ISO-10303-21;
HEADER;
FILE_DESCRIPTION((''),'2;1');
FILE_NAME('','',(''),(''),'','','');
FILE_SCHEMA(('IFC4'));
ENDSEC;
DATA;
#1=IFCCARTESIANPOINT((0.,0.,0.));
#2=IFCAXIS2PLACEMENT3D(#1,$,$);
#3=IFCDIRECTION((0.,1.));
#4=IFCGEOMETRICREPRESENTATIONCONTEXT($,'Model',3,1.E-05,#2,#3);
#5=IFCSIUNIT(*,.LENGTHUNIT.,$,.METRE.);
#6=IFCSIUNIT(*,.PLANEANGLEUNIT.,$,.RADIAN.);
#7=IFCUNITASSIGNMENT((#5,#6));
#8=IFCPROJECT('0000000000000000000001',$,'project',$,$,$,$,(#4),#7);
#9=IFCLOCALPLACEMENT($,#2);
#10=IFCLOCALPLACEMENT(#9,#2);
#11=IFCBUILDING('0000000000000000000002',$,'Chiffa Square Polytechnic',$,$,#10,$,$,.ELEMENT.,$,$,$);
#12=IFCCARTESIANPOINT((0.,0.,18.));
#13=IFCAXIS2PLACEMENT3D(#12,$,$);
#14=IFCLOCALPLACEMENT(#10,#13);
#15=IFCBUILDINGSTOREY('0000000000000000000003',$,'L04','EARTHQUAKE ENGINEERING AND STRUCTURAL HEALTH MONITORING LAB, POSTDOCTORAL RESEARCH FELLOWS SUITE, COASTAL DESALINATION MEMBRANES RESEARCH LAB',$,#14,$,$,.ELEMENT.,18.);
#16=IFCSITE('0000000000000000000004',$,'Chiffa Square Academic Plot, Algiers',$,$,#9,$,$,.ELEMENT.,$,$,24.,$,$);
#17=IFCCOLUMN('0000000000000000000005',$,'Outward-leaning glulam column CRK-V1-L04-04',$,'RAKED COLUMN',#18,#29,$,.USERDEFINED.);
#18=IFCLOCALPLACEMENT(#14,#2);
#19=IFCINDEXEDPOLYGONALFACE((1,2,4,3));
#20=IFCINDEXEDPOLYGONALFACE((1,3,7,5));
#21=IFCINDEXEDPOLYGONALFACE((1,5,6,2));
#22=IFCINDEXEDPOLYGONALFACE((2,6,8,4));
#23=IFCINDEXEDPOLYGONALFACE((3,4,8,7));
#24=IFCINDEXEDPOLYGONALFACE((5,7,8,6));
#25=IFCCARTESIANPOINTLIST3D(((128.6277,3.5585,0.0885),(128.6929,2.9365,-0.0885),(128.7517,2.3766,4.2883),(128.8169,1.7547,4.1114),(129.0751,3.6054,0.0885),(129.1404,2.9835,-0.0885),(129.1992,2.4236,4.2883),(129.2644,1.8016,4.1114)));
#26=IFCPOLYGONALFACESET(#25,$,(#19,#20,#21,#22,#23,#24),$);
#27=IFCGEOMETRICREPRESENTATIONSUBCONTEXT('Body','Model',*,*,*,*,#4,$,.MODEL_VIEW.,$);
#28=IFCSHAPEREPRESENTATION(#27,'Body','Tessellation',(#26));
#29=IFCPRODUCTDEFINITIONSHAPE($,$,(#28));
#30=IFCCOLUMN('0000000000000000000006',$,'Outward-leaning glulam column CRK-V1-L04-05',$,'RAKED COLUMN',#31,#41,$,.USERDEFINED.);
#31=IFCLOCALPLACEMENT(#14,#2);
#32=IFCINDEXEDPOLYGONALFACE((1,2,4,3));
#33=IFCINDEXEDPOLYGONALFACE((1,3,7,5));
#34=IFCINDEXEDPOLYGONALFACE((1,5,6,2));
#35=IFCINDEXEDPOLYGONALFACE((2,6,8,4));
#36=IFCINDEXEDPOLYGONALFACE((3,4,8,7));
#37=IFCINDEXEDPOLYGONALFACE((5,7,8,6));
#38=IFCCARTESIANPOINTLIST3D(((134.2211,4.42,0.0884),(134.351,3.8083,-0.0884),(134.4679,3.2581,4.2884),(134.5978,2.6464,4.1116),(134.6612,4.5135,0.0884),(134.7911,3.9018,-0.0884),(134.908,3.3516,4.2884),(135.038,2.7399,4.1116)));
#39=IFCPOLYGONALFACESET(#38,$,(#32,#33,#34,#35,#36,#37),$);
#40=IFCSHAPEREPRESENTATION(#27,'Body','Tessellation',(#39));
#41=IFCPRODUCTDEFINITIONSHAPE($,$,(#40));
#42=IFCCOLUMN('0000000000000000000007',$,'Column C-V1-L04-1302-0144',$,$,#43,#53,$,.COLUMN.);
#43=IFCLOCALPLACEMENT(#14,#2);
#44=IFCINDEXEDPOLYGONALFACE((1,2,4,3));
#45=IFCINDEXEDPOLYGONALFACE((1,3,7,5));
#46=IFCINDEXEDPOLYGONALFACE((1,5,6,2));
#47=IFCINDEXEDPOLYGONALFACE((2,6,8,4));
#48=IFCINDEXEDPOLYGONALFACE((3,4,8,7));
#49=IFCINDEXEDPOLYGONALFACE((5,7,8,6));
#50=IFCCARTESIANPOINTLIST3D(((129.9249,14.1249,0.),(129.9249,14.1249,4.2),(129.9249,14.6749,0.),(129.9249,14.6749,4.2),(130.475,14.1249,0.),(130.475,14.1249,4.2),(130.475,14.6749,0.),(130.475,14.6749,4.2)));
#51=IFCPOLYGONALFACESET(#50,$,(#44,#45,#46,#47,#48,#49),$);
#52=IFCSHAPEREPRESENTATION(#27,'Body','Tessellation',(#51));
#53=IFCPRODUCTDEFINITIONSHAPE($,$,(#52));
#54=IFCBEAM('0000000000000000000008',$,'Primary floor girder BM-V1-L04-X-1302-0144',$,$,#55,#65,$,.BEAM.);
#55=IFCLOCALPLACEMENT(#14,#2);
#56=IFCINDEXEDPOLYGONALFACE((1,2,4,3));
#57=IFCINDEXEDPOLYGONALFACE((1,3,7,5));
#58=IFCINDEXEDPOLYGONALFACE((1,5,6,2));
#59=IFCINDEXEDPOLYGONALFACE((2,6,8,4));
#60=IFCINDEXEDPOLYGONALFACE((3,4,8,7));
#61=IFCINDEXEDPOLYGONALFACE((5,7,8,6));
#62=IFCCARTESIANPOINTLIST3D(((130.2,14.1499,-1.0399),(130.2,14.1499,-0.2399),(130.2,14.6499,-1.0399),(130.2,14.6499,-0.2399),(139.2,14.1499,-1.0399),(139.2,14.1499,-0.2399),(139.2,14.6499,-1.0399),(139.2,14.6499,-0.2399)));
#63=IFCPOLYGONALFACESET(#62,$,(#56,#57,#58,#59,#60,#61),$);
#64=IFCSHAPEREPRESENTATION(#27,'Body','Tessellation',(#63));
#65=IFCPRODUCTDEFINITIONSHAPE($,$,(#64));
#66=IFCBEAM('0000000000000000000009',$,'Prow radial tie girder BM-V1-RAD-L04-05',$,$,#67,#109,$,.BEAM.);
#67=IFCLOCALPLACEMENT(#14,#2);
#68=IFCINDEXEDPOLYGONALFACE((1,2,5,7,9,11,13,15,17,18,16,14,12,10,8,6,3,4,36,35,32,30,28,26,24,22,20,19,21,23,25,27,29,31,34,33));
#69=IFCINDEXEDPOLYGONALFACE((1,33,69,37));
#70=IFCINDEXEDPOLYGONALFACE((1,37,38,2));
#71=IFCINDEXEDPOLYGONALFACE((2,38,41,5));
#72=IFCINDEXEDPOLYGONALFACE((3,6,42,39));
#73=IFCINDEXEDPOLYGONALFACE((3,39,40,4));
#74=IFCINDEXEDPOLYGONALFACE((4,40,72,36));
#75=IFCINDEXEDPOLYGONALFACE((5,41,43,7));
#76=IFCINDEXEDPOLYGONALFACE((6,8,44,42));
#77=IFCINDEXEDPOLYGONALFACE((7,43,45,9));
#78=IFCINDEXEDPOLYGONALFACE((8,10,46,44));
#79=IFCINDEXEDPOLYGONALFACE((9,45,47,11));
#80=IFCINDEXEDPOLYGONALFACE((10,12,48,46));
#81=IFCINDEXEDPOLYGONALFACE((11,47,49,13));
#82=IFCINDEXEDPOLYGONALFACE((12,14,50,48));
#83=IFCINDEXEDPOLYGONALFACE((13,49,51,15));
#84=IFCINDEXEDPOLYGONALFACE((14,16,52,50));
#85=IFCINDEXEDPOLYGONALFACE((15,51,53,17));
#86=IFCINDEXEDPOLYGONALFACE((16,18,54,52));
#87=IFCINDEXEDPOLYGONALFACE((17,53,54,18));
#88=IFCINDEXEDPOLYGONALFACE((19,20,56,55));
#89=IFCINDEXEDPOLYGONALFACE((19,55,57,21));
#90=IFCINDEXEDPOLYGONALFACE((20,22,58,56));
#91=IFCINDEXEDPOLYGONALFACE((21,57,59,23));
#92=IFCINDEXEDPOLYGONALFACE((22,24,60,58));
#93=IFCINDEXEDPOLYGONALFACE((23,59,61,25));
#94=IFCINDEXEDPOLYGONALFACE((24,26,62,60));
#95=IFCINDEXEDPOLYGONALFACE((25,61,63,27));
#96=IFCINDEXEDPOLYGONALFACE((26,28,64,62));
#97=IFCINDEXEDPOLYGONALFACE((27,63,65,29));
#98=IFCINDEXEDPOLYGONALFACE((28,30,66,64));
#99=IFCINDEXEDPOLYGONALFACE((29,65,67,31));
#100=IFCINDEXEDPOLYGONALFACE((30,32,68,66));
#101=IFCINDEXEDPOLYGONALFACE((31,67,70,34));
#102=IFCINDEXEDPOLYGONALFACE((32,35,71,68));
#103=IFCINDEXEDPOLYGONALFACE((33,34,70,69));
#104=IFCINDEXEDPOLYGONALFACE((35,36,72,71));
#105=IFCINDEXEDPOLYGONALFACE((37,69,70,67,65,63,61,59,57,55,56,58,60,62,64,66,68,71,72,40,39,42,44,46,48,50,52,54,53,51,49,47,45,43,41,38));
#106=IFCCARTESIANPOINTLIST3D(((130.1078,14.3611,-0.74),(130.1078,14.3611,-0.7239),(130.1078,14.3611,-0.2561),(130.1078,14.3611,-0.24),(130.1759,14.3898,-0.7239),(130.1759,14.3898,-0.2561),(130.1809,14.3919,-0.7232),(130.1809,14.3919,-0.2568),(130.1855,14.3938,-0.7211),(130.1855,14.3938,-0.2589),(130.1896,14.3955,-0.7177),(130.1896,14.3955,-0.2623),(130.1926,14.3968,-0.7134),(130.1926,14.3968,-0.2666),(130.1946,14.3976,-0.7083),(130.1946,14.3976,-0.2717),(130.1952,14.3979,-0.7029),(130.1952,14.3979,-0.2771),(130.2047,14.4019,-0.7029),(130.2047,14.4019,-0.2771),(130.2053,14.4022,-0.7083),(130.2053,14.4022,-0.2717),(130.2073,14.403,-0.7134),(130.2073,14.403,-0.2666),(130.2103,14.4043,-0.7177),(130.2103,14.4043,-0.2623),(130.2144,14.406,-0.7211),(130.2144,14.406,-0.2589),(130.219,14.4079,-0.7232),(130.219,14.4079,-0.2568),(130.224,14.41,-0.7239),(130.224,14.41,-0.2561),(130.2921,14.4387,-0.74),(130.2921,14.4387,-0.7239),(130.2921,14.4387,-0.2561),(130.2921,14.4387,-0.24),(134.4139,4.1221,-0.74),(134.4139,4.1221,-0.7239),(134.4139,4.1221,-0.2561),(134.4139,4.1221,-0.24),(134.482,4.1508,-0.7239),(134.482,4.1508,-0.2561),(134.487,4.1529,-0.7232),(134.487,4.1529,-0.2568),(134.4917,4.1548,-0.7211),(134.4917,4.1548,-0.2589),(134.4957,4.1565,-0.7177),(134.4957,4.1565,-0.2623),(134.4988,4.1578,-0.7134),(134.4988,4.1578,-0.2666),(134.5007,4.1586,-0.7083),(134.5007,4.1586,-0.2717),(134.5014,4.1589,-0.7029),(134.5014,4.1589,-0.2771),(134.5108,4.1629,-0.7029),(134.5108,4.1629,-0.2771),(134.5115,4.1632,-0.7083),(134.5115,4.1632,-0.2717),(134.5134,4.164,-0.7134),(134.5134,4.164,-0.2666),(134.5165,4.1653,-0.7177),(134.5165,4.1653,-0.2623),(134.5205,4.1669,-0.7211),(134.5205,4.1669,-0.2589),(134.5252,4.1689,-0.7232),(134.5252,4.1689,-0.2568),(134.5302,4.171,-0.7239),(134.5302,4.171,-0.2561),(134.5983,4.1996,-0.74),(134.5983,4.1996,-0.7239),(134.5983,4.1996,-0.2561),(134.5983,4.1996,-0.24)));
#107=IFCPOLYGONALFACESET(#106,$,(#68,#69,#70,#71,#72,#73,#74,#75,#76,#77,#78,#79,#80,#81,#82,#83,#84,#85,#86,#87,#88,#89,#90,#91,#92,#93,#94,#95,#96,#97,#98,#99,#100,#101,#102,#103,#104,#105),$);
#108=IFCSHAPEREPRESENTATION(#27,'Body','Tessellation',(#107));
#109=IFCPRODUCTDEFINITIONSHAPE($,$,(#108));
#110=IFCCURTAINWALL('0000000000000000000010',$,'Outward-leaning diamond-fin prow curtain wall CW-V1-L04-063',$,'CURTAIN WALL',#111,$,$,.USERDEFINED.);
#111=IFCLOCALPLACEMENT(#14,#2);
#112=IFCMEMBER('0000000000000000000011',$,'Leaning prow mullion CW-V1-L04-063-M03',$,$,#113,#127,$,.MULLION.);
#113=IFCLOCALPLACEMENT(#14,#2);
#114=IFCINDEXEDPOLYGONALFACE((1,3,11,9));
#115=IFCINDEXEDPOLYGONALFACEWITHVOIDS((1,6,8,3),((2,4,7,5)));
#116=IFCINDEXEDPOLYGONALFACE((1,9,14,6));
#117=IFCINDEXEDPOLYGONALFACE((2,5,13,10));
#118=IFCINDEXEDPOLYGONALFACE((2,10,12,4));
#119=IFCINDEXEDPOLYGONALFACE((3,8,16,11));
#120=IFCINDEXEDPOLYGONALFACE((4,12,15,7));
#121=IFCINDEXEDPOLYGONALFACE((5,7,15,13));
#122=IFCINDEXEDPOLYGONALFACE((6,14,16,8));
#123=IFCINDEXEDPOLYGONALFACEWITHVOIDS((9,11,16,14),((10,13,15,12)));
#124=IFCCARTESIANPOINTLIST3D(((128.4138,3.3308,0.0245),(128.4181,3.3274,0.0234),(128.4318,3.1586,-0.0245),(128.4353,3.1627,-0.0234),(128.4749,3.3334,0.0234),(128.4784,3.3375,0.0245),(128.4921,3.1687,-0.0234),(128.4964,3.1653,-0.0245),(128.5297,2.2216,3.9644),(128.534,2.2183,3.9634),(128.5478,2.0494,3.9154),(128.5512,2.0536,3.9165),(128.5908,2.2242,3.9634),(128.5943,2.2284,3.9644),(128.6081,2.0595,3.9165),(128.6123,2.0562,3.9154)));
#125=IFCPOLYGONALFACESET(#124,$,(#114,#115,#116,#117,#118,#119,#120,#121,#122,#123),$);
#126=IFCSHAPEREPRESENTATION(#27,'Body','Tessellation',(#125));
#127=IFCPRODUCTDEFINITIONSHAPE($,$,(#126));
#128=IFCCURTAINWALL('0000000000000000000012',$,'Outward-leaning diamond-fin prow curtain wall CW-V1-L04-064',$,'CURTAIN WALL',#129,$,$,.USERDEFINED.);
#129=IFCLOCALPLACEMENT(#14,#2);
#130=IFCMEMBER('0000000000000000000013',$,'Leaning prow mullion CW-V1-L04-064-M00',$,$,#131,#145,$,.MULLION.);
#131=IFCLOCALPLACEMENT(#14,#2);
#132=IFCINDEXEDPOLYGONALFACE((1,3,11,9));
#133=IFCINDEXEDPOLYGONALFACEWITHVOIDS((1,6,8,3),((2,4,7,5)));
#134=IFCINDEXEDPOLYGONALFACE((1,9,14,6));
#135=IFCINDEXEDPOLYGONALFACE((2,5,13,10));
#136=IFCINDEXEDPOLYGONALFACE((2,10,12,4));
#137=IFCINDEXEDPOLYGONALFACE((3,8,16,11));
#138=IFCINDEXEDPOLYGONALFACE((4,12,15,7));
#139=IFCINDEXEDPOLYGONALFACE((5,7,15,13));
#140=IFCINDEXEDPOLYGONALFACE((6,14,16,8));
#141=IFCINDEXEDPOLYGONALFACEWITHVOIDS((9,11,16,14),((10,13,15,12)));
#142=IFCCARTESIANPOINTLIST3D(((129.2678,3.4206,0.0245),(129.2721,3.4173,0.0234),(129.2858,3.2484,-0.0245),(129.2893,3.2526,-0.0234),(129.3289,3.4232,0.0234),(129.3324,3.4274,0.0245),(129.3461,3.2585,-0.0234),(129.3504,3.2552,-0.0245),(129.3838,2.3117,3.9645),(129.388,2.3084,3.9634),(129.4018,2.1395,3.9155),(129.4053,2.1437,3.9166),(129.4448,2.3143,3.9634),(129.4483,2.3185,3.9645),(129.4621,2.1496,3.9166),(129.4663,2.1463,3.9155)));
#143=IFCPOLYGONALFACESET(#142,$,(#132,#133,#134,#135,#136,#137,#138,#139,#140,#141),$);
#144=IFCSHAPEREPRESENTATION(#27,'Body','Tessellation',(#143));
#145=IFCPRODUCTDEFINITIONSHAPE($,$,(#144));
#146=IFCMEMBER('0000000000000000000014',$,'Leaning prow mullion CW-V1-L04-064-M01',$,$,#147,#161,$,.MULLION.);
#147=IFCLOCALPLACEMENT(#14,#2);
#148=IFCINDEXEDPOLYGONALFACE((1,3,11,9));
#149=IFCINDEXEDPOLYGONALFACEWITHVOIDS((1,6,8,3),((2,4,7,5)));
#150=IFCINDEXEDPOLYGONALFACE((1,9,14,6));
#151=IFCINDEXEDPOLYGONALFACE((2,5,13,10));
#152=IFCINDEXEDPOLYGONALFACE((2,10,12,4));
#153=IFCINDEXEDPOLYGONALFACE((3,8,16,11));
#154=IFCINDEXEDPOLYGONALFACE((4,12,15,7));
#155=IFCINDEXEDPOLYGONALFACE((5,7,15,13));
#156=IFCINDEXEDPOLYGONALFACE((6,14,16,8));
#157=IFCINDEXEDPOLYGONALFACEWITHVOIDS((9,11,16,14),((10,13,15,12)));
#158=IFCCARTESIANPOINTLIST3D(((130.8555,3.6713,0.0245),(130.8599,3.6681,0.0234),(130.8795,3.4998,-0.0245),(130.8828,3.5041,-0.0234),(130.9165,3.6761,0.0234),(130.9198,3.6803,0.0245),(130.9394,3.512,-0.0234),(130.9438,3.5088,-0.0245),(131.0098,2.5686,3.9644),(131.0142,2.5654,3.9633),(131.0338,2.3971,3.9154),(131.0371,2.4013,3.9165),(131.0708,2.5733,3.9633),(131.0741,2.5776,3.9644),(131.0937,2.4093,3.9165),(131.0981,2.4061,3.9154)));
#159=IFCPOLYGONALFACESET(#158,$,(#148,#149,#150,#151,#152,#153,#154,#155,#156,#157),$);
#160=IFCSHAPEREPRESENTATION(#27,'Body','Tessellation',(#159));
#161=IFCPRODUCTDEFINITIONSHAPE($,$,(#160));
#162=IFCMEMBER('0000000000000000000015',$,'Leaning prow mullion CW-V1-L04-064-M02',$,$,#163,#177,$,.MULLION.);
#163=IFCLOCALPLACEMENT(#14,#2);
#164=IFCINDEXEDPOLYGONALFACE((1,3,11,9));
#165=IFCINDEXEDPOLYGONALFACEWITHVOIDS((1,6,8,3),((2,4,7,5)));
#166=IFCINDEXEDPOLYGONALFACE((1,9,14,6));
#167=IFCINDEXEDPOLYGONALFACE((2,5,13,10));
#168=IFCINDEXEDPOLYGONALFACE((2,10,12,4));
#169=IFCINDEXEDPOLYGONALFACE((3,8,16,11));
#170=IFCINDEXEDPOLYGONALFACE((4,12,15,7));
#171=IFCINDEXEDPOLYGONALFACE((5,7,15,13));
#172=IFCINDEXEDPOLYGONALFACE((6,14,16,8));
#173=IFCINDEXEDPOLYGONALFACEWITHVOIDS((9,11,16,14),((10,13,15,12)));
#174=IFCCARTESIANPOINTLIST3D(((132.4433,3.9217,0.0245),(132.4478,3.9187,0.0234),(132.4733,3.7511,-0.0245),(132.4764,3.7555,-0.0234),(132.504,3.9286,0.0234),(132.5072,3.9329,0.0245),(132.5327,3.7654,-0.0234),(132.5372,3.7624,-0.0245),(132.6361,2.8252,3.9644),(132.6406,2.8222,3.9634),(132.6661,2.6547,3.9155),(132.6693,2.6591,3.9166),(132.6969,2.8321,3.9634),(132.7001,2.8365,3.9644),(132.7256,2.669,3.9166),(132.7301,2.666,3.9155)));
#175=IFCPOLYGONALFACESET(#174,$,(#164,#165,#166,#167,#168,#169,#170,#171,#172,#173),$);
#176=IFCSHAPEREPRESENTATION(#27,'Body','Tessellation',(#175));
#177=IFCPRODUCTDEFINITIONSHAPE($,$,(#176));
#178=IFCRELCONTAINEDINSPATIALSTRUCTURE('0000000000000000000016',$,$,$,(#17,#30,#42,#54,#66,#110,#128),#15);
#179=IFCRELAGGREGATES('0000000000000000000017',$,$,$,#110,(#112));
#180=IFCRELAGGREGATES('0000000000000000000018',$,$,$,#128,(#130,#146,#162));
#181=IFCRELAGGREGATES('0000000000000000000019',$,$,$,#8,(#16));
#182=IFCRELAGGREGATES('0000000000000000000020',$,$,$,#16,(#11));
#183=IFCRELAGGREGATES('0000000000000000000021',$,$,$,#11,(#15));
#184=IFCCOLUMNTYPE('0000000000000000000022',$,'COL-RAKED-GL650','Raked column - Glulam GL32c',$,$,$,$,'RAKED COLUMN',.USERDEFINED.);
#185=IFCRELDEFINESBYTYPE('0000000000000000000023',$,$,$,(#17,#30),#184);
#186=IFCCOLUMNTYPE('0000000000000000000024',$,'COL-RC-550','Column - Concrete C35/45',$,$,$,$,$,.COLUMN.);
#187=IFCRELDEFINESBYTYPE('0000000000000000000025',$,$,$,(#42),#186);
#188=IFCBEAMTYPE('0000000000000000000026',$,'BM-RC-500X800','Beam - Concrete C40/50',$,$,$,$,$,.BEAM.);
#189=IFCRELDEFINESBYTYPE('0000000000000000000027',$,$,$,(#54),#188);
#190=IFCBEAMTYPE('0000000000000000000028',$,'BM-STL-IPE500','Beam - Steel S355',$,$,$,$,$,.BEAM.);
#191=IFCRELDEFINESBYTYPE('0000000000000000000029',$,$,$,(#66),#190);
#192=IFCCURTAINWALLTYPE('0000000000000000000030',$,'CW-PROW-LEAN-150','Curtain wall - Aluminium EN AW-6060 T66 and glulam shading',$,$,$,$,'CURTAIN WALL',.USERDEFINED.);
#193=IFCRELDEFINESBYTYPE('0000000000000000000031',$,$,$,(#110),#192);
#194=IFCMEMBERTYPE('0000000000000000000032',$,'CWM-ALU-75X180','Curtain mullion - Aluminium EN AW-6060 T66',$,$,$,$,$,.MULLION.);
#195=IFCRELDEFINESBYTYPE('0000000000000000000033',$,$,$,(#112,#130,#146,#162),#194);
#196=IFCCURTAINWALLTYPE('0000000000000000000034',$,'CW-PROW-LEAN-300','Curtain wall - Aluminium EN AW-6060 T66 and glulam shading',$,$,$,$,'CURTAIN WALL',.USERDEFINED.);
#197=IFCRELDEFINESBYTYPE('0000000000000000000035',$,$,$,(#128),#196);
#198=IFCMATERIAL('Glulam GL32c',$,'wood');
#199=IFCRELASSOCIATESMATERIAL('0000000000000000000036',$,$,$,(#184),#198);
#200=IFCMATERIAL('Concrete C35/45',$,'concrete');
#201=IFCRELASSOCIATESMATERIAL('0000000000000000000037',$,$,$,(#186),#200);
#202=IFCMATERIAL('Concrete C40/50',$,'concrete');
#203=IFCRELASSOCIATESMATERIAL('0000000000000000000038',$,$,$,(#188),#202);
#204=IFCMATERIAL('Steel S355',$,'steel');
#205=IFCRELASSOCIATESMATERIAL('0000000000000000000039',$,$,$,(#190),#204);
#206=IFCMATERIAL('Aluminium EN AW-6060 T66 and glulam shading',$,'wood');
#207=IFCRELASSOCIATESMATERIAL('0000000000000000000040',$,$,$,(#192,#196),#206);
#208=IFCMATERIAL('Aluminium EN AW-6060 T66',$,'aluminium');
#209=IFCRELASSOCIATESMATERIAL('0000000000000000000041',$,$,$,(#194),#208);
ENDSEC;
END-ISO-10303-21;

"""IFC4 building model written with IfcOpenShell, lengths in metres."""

from ifc_helpers import new_model, si_unit, direction, frame, origin, origin_2d, place, context, subcontext, project, spatial, rectangle, hollow_rectangle, i_section, extrude, material, material_profile, profile_set, type_object, element, aggregate, save


model = new_model("IFC4")

# Units and contexts
model_context = context("Model", 3, precision=1e-05, world=origin(), true_north=direction((0.0, 1.0)))
body_context = subcontext(model_context, "Body", "Model", "MODEL_VIEW")
ifc_project = project(units=[si_unit("LENGTHUNIT", "METRE"), si_unit("PLANEANGLEUNIT", "RADIAN")], contexts=[model_context])

# Site, building, storey
site_placement = place(None, origin())
site = spatial("IfcSite", under=ifc_project, at=site_placement, Name="Chiffa Square Academic Plot, Algiers", CompositionType="ELEMENT", RefElevation=24.0)
building_placement = place(site_placement, origin())
building = spatial("IfcBuilding", under=site, at=building_placement, Name="Chiffa Square Polytechnic", CompositionType="ELEMENT")
storey_placement = place(building_placement, frame((0.0, 0.0, 18.0)))
storey = spatial("IfcBuildingStorey", under=building, at=storey_placement, Name="L04", Description="EARTHQUAKE ENGINEERING AND STRUCTURAL HEALTH MONITORING LAB, POSTDOCTORAL RESEARCH FELLOWS SUITE, COASTAL DESALINATION MEMBRANES RESEARCH LAB", CompositionType="ELEMENT", Elevation=18.0)

# Columns
ifc_material_1 = material(Name="Glulam GL32c", Category="wood")
ifc_material_profile_1 = material_profile(ifc_material_1, rectangle(XDim=0.45, YDim=0.6499, at=origin_2d()), Name="GL32c 450x650")
ifc_profile_set_1 = profile_set([ifc_material_profile_1], Name="Glulam GL32c")
column_type_1 = type_object("IfcColumnType", Name="COL-RAKED-GL650", Description="Raked column - Glulam GL32c", ElementType="RAKED COLUMN", PredefinedType="USERDEFINED", material=ifc_profile_set_1)
for number, where, z_axis, x_axis, name in (
    (1, (128.884, 3.271, 0.0), (0.028414, -0.270774, 0.962224), (0.994539, 0.104364, 0.0), "Outward-leaning glulam column CRK-V1-L04-04"),
    (2, (134.5061, 4.1609, 0.0), (0.056551, -0.266197, 0.962258), (0.978171, 0.207802, 0.0), "Outward-leaning glulam column CRK-V1-L04-05"),
):
    element("IfcColumn", number, at=place(storey_placement, frame(where, z_axis=z_axis, x_axis=x_axis)), inside=storey, type_object=column_type_1, Name=name, ObjectType="RAKED COLUMN", PredefinedType="USERDEFINED", context=body_context, shape_type="SweptSolid", body=[
        extrude(rectangle(XDim=0.45, YDim=0.6499, at=origin_2d()), origin(), (0.0, 0.0, 1.0), 4.3647),
    ])
ifc_material_2 = material(Name="Concrete C35/45", Category="concrete")
ifc_material_profile_2 = material_profile(ifc_material_2, rectangle(XDim=0.55, YDim=0.55, at=origin_2d()), Name="RC 550x550")
ifc_profile_set_2 = profile_set([ifc_material_profile_2], Name="Concrete C35/45")
column_type_2 = type_object("IfcColumnType", Name="COL-RC-550", Description="Column - Concrete C35/45", PredefinedType="COLUMN", material=ifc_profile_set_2)
column_placement = place(storey_placement, frame((130.2, 14.3999, 0.0), z_axis=(0.0, 0.0, 1.0), x_axis=(1.0, 0.0, 0.0)))
element("IfcColumn", 3, at=column_placement, inside=storey, type_object=column_type_2, Name="Column C-V1-L04-1302-0144", PredefinedType="COLUMN", context=body_context, shape_type="SweptSolid", body=[
    extrude(rectangle(XDim=0.55, YDim=0.55, at=origin_2d()), origin(), (0.0, 0.0, 1.0), 4.2),
])

# Beams
ifc_material_3 = material(Name="Concrete C40/50", Category="concrete")
ifc_material_profile_3 = material_profile(ifc_material_3, rectangle(XDim=0.5, YDim=0.8, at=origin_2d()), Name="RC 500x800")
ifc_profile_set_3 = profile_set([ifc_material_profile_3], Name="Concrete C40/50")
beam_type_1 = type_object("IfcBeamType", Name="BM-RC-500X800", Description="Beam - Concrete C40/50", PredefinedType="BEAM", material=ifc_profile_set_3)
beam_1_placement = place(storey_placement, frame((130.2, 14.3999, -0.6399), z_axis=(1.0, 0.0, 0.0), x_axis=(0.0, 1.0, 0.0)))
element("IfcBeam", 4, at=beam_1_placement, inside=storey, type_object=beam_type_1, Name="Primary floor girder BM-V1-L04-X-1302-0144", PredefinedType="BEAM", context=body_context, shape_type="SweptSolid", body=[
    extrude(rectangle(XDim=0.5, YDim=0.8, at=origin_2d()), origin(), (0.0, 0.0, 1.0), 9.0),
])
ifc_material_4 = material(Name="Steel S355", Category="steel")
ifc_material_profile_4 = material_profile(ifc_material_4, i_section(OverallWidth=0.2, OverallDepth=0.5, WebThickness=0.0103, FlangeThickness=0.0161, FilletRadius=0.021, at=origin_2d()), Name="IPE 500")
ifc_profile_set_4 = profile_set([ifc_material_profile_4], Name="Steel S355")
beam_type_2 = type_object("IfcBeamType", Name="BM-STL-IPE500", Description="Beam - Steel S355", PredefinedType="BEAM", material=ifc_profile_set_4)
beam_2_placement = place(storey_placement, frame((134.5061, 4.1609, -0.49), z_axis=(-0.387674, 0.921797, 0.0), x_axis=(-0.921797, -0.387674, 0.0)))
element("IfcBeam", 5, at=beam_2_placement, inside=storey, type_object=beam_type_2, Name="Prow radial tie girder BM-V1-RAD-L04-05", PredefinedType="BEAM", context=body_context, shape_type="SweptSolid", body=[
    extrude(i_section(OverallWidth=0.2, OverallDepth=0.5, WebThickness=0.0103, FlangeThickness=0.0161, FilletRadius=0.021, at=origin_2d()), origin(), (0.0, 0.0, 1.0), 11.1077),
])

# Curtain wall, member
ifc_material_5 = material(Name="Aluminium EN AW-6060 T66 and glulam shading", Category="wood")
curtain_wall_type_1 = type_object("IfcCurtainWallType", Name="CW-PROW-LEAN-150", Description="Curtain wall - Aluminium EN AW-6060 T66 and glulam shading", ElementType="CURTAIN WALL", PredefinedType="USERDEFINED", material=ifc_material_5)
curtain_wall_1_placement = place(storey_placement, origin())
curtain_wall_1 = element("IfcCurtainWall", 6, at=curtain_wall_1_placement, inside=storey, type_object=curtain_wall_type_1, Name="Outward-leaning diamond-fin prow curtain wall CW-V1-L04-063", ObjectType="CURTAIN WALL", PredefinedType="USERDEFINED")
ifc_material_6 = material(Name="Aluminium EN AW-6060 T66", Category="aluminium")
ifc_material_profile_5 = material_profile(ifc_material_6, hollow_rectangle(XDim=0.0649, YDim=0.1799, WallThickness=0.0039, at=origin_2d()), Name="ALU 65x180x4")
ifc_profile_set_5 = profile_set([ifc_material_profile_5], Name="Aluminium EN AW-6060 T66")
member_type_1 = type_object("IfcMemberType", Name="CWM-ALU-75X180", Description="Curtain mullion - Aluminium EN AW-6060 T66", PredefinedType="MULLION", material=ifc_profile_set_5)
member_1_placement = place(storey_placement, frame((128.4551, 3.248, 0.0), z_axis=(0.028321, -0.270868, 0.9622), x_axis=(0.994578, 0.10399, 0.0)))
member_1 = element("IfcMember", 7, at=member_1_placement, type_object=member_type_1, Name="Leaning prow mullion CW-V1-L04-063-M03", PredefinedType="MULLION", context=body_context, shape_type="SweptSolid", body=[
    extrude(hollow_rectangle(XDim=0.0649, YDim=0.1799, WallThickness=0.0039, at=origin_2d()), origin(), (0.0, 0.0, 1.0), 4.0947),
])
aggregate(curtain_wall_1, [member_1])

# Curtain wall, members
curtain_wall_type_2 = type_object("IfcCurtainWallType", Name="CW-PROW-LEAN-300", Description="Curtain wall - Aluminium EN AW-6060 T66 and glulam shading", ElementType="CURTAIN WALL", PredefinedType="USERDEFINED", material=ifc_material_5)
curtain_wall_2_placement = place(storey_placement, origin())
curtain_wall_2 = element("IfcCurtainWall", 8, at=curtain_wall_2_placement, inside=storey, type_object=curtain_wall_type_2, Name="Outward-leaning diamond-fin prow curtain wall CW-V1-L04-064", ObjectType="CURTAIN WALL", PredefinedType="USERDEFINED")
member_2_placement = place(storey_placement, frame((129.3091, 3.3379, 0.0), z_axis=(0.028321, -0.270813, 0.962215), x_axis=(0.994576, 0.104012, 0.0)))
member_2 = element("IfcMember", 9, at=member_2_placement, type_object=member_type_1, Name="Leaning prow mullion CW-V1-L04-064-M00", PredefinedType="MULLION", context=body_context, shape_type="SweptSolid", body=[
    extrude(hollow_rectangle(XDim=0.0649, YDim=0.1799, WallThickness=0.0039, at=origin_2d()), origin(), (0.0, 0.0, 1.0), 4.0947),
])
member_3_placement = place(storey_placement, frame((130.8997, 3.5901, 0.0), z_axis=(0.037686, -0.269348, 0.962305), x_axis=(0.990353, 0.138566, 0.0)))
member_3 = element("IfcMember", 10, at=member_3_placement, type_object=member_type_1, Name="Leaning prow mullion CW-V1-L04-064-M01", PredefinedType="MULLION", context=body_context, shape_type="SweptSolid", body=[
    extrude(hollow_rectangle(XDim=0.0649, YDim=0.1799, WallThickness=0.0039, at=origin_2d()), origin(), (0.0, 0.0, 1.0), 4.0942),
])
member_4_placement = place(storey_placement, frame((132.4902, 3.842, 0.0), z_axis=(0.047108, -0.267802, 0.962322), x_axis=(0.984878, 0.173247, 0.0)))
member_4 = element("IfcMember", 11, at=member_4_placement, type_object=member_type_1, Name="Leaning prow mullion CW-V1-L04-064-M02", PredefinedType="MULLION", context=body_context, shape_type="SweptSolid", body=[
    extrude(hollow_rectangle(XDim=0.0649, YDim=0.1799, WallThickness=0.0039, at=origin_2d()), origin(), (0.0, 0.0, 1.0), 4.0942),
])

aggregate(curtain_wall_2, [member_2, member_3, member_4])

save(model, "model.ifc")
